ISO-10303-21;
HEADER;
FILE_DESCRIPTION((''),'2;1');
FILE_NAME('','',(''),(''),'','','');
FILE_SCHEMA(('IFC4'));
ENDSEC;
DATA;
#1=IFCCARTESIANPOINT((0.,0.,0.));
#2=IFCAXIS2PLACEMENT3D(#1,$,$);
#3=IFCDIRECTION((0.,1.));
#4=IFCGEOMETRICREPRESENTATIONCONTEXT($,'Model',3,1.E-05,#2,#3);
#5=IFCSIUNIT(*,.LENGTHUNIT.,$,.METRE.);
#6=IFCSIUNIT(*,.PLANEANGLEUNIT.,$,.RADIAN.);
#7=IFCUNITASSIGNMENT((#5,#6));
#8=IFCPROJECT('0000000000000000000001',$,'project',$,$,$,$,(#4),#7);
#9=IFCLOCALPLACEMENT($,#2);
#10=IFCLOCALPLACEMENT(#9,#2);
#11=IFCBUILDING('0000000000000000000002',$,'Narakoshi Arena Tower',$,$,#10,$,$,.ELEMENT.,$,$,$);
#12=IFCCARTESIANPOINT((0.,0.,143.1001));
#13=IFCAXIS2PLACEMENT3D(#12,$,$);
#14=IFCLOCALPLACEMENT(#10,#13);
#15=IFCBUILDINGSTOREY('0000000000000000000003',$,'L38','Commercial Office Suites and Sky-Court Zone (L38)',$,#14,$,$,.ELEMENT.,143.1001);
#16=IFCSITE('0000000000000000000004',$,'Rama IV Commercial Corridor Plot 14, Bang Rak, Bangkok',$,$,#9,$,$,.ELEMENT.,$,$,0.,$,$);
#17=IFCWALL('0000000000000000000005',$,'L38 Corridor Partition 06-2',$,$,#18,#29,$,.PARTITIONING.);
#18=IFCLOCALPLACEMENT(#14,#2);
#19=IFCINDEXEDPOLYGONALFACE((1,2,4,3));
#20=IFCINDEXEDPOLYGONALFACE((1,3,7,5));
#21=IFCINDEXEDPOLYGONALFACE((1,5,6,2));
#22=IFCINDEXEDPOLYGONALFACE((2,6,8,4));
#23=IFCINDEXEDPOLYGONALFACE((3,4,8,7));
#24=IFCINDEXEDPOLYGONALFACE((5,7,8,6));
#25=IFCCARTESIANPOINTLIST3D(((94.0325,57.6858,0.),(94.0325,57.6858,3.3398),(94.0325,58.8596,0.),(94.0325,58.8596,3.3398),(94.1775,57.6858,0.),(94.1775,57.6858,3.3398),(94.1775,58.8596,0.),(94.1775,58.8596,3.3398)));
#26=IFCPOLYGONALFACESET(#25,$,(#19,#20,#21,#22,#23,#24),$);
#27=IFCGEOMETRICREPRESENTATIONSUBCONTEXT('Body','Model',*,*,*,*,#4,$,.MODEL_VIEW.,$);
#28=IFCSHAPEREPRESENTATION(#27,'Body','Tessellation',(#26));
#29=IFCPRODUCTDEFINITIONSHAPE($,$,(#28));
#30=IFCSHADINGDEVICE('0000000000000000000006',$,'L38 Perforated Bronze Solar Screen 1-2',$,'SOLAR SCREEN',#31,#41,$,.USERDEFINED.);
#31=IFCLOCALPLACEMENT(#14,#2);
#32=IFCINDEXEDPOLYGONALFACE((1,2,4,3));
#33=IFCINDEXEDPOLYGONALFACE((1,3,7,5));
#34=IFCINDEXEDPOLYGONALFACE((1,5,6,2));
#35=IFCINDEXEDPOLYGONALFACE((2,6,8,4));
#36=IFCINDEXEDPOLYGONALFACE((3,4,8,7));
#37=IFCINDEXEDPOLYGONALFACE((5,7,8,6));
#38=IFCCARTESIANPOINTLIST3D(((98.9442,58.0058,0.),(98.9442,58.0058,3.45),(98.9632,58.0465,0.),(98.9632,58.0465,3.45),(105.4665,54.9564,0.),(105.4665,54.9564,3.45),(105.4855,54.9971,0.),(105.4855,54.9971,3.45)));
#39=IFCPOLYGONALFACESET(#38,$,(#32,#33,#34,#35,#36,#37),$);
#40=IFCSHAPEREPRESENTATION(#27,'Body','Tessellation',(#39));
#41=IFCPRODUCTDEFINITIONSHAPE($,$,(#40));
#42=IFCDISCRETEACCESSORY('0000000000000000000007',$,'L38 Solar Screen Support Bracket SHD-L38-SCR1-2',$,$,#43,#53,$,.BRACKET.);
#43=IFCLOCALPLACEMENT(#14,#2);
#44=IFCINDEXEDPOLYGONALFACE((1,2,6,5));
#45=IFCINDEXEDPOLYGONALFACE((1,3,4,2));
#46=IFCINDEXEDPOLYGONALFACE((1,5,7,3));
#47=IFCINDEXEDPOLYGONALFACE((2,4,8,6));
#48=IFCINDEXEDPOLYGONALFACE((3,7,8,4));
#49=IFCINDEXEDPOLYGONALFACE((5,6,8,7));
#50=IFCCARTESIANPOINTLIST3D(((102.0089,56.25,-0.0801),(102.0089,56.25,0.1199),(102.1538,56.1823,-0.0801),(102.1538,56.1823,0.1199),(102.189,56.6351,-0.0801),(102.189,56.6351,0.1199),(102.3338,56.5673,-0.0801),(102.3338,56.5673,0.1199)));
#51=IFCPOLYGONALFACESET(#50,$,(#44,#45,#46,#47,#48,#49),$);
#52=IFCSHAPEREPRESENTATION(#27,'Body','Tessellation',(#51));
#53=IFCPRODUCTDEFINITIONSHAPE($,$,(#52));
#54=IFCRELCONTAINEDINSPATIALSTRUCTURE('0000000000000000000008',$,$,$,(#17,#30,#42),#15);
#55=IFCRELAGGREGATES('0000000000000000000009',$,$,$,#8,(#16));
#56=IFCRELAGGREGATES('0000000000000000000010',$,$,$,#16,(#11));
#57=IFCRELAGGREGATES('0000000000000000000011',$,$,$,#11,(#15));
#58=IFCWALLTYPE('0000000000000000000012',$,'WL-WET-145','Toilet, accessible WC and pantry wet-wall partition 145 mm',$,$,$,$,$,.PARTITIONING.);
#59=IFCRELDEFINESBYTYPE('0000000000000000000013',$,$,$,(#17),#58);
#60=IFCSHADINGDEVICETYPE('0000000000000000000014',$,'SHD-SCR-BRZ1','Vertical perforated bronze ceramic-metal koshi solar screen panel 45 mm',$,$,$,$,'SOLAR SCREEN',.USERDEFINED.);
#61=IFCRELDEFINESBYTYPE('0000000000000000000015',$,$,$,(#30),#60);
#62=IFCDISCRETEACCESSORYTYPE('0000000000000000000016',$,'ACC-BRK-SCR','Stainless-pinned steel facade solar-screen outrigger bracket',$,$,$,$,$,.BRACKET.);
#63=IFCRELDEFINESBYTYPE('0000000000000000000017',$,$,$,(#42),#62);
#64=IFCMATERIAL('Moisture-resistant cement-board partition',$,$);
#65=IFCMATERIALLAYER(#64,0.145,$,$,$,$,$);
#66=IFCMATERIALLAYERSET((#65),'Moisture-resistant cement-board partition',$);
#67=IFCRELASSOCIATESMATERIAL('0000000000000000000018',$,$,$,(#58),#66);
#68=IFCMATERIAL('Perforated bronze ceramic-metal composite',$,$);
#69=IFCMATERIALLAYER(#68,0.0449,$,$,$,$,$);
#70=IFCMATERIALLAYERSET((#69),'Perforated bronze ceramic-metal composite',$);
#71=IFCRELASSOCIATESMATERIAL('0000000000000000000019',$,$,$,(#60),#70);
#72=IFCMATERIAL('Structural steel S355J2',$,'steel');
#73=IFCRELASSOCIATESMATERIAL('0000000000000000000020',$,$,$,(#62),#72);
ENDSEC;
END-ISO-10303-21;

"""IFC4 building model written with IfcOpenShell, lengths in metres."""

from ifc_helpers import new_model, si_unit, direction, frame, frame_2d, origin, origin_2d, place, context, subcontext, project, spatial, rectangle, extrude, material, layer, layer_set, type_object, element, save


model = new_model("IFC4")

# Units and contexts
model_context = context("Model", 3, precision=1e-05, world=origin(), true_north=direction((0.0, 1.0)))
body_context = subcontext(model_context, "Body", "Model", "MODEL_VIEW")
ifc_project = project(units=[si_unit("LENGTHUNIT", "METRE"), si_unit("PLANEANGLEUNIT", "RADIAN")], contexts=[model_context])

# Site, building, storey
site_placement = place(None, origin())
site = spatial("IfcSite", under=ifc_project, at=site_placement, Name="Rama IV Commercial Corridor Plot 14, Bang Rak, Bangkok", CompositionType="ELEMENT", RefElevation=0.0)
building_placement = place(site_placement, origin())
building = spatial("IfcBuilding", under=site, at=building_placement, Name="Narakoshi Arena Tower", CompositionType="ELEMENT")
storey_placement = place(building_placement, frame((0.0, 0.0, 143.1001)))
storey = spatial("IfcBuildingStorey", under=building, at=storey_placement, Name="L38", Description="Commercial Office Suites and Sky-Court Zone (L38)", CompositionType="ELEMENT", Elevation=143.1001)

# Shared definitions
ifc_material_1 = material(Name="Structural steel S355J2", Category="steel")

# Shared definitions
ifc_material_2 = material(Name="Moisture-resistant cement-board partition")
ifc_layer_1 = layer(ifc_material_2, 0.145)
ifc_layer_set_1 = layer_set([ifc_layer_1], Name="Moisture-resistant cement-board partition")
wall_type_1 = type_object("IfcWallType", Name="WL-WET-145", Description="Toilet, accessible WC and pantry wet-wall partition 145 mm", PredefinedType="PARTITIONING", material=ifc_layer_set_1)

# Wall
wall_1_placement = place(storey_placement, frame((94.105, 57.6858, 0.0), z_axis=(0.0, 0.0, 1.0), x_axis=(0.0, 1.0, 0.0)))
element("IfcWall", 1, at=wall_1_placement, inside=storey, type_object=wall_type_1, Name="L38 Corridor Partition 06-2", PredefinedType="PARTITIONING", context=body_context, shape_type="SweptSolid", body=[
    extrude(rectangle(XDim=1.1738, YDim=0.145, at=frame_2d((0.5869, 0.0))), origin(), (0.0, 0.0, 1.0), 3.3398),
])

# Shading device
ifc_material_3 = material(Name="Perforated bronze ceramic-metal composite")
ifc_layer_2 = layer(ifc_material_3, 0.0449)
ifc_layer_set_2 = layer_set([ifc_layer_2], Name="Perforated bronze ceramic-metal composite")
shading_device_type = type_object("IfcShadingDeviceType", Name="SHD-SCR-BRZ1", Description="Vertical perforated bronze ceramic-metal koshi solar screen panel 45 mm", ElementType="SOLAR SCREEN", PredefinedType="USERDEFINED", material=ifc_layer_set_2)
shading_device_placement = place(storey_placement, frame((102.2148, 56.5015, 0.0), z_axis=(0.0, 0.0, 1.0), x_axis=(-0.90588, 0.423535, 0.0)))
element("IfcShadingDevice", 2, at=shading_device_placement, inside=storey, type_object=shading_device_type, Name="L38 Perforated Bronze Solar Screen 1-2", ObjectType="SOLAR SCREEN", PredefinedType="USERDEFINED", context=body_context, shape_type="SweptSolid", body=[
    extrude(rectangle(XDim=7.2, YDim=0.0449, at=origin_2d()), origin(), (0.0, 0.0, 1.0), 3.45),
])

# Discrete accessory
discrete_accessory_type = type_object("IfcDiscreteAccessoryType", Name="ACC-BRK-SCR", Description="Stainless-pinned steel facade solar-screen outrigger bracket", PredefinedType="BRACKET", material=ifc_material_1)
discrete_accessory_placement = place(storey_placement, frame((102.1714, 56.4087, -0.0801), z_axis=(0.0, 0.0, 1.0), x_axis=(-0.90588, 0.423535, 0.0)))
element("IfcDiscreteAccessory", 3, at=discrete_accessory_placement, inside=storey, type_object=discrete_accessory_type, Name="L38 Solar Screen Support Bracket SHD-L38-SCR1-2", PredefinedType="BRACKET", context=body_context, shape_type="SweptSolid", body=[
    extrude(rectangle(XDim=0.1599, YDim=0.425, at=origin_2d()), origin(), (0.0, 0.0, 1.0), 0.2),
])

save(model, "model.ifc")
